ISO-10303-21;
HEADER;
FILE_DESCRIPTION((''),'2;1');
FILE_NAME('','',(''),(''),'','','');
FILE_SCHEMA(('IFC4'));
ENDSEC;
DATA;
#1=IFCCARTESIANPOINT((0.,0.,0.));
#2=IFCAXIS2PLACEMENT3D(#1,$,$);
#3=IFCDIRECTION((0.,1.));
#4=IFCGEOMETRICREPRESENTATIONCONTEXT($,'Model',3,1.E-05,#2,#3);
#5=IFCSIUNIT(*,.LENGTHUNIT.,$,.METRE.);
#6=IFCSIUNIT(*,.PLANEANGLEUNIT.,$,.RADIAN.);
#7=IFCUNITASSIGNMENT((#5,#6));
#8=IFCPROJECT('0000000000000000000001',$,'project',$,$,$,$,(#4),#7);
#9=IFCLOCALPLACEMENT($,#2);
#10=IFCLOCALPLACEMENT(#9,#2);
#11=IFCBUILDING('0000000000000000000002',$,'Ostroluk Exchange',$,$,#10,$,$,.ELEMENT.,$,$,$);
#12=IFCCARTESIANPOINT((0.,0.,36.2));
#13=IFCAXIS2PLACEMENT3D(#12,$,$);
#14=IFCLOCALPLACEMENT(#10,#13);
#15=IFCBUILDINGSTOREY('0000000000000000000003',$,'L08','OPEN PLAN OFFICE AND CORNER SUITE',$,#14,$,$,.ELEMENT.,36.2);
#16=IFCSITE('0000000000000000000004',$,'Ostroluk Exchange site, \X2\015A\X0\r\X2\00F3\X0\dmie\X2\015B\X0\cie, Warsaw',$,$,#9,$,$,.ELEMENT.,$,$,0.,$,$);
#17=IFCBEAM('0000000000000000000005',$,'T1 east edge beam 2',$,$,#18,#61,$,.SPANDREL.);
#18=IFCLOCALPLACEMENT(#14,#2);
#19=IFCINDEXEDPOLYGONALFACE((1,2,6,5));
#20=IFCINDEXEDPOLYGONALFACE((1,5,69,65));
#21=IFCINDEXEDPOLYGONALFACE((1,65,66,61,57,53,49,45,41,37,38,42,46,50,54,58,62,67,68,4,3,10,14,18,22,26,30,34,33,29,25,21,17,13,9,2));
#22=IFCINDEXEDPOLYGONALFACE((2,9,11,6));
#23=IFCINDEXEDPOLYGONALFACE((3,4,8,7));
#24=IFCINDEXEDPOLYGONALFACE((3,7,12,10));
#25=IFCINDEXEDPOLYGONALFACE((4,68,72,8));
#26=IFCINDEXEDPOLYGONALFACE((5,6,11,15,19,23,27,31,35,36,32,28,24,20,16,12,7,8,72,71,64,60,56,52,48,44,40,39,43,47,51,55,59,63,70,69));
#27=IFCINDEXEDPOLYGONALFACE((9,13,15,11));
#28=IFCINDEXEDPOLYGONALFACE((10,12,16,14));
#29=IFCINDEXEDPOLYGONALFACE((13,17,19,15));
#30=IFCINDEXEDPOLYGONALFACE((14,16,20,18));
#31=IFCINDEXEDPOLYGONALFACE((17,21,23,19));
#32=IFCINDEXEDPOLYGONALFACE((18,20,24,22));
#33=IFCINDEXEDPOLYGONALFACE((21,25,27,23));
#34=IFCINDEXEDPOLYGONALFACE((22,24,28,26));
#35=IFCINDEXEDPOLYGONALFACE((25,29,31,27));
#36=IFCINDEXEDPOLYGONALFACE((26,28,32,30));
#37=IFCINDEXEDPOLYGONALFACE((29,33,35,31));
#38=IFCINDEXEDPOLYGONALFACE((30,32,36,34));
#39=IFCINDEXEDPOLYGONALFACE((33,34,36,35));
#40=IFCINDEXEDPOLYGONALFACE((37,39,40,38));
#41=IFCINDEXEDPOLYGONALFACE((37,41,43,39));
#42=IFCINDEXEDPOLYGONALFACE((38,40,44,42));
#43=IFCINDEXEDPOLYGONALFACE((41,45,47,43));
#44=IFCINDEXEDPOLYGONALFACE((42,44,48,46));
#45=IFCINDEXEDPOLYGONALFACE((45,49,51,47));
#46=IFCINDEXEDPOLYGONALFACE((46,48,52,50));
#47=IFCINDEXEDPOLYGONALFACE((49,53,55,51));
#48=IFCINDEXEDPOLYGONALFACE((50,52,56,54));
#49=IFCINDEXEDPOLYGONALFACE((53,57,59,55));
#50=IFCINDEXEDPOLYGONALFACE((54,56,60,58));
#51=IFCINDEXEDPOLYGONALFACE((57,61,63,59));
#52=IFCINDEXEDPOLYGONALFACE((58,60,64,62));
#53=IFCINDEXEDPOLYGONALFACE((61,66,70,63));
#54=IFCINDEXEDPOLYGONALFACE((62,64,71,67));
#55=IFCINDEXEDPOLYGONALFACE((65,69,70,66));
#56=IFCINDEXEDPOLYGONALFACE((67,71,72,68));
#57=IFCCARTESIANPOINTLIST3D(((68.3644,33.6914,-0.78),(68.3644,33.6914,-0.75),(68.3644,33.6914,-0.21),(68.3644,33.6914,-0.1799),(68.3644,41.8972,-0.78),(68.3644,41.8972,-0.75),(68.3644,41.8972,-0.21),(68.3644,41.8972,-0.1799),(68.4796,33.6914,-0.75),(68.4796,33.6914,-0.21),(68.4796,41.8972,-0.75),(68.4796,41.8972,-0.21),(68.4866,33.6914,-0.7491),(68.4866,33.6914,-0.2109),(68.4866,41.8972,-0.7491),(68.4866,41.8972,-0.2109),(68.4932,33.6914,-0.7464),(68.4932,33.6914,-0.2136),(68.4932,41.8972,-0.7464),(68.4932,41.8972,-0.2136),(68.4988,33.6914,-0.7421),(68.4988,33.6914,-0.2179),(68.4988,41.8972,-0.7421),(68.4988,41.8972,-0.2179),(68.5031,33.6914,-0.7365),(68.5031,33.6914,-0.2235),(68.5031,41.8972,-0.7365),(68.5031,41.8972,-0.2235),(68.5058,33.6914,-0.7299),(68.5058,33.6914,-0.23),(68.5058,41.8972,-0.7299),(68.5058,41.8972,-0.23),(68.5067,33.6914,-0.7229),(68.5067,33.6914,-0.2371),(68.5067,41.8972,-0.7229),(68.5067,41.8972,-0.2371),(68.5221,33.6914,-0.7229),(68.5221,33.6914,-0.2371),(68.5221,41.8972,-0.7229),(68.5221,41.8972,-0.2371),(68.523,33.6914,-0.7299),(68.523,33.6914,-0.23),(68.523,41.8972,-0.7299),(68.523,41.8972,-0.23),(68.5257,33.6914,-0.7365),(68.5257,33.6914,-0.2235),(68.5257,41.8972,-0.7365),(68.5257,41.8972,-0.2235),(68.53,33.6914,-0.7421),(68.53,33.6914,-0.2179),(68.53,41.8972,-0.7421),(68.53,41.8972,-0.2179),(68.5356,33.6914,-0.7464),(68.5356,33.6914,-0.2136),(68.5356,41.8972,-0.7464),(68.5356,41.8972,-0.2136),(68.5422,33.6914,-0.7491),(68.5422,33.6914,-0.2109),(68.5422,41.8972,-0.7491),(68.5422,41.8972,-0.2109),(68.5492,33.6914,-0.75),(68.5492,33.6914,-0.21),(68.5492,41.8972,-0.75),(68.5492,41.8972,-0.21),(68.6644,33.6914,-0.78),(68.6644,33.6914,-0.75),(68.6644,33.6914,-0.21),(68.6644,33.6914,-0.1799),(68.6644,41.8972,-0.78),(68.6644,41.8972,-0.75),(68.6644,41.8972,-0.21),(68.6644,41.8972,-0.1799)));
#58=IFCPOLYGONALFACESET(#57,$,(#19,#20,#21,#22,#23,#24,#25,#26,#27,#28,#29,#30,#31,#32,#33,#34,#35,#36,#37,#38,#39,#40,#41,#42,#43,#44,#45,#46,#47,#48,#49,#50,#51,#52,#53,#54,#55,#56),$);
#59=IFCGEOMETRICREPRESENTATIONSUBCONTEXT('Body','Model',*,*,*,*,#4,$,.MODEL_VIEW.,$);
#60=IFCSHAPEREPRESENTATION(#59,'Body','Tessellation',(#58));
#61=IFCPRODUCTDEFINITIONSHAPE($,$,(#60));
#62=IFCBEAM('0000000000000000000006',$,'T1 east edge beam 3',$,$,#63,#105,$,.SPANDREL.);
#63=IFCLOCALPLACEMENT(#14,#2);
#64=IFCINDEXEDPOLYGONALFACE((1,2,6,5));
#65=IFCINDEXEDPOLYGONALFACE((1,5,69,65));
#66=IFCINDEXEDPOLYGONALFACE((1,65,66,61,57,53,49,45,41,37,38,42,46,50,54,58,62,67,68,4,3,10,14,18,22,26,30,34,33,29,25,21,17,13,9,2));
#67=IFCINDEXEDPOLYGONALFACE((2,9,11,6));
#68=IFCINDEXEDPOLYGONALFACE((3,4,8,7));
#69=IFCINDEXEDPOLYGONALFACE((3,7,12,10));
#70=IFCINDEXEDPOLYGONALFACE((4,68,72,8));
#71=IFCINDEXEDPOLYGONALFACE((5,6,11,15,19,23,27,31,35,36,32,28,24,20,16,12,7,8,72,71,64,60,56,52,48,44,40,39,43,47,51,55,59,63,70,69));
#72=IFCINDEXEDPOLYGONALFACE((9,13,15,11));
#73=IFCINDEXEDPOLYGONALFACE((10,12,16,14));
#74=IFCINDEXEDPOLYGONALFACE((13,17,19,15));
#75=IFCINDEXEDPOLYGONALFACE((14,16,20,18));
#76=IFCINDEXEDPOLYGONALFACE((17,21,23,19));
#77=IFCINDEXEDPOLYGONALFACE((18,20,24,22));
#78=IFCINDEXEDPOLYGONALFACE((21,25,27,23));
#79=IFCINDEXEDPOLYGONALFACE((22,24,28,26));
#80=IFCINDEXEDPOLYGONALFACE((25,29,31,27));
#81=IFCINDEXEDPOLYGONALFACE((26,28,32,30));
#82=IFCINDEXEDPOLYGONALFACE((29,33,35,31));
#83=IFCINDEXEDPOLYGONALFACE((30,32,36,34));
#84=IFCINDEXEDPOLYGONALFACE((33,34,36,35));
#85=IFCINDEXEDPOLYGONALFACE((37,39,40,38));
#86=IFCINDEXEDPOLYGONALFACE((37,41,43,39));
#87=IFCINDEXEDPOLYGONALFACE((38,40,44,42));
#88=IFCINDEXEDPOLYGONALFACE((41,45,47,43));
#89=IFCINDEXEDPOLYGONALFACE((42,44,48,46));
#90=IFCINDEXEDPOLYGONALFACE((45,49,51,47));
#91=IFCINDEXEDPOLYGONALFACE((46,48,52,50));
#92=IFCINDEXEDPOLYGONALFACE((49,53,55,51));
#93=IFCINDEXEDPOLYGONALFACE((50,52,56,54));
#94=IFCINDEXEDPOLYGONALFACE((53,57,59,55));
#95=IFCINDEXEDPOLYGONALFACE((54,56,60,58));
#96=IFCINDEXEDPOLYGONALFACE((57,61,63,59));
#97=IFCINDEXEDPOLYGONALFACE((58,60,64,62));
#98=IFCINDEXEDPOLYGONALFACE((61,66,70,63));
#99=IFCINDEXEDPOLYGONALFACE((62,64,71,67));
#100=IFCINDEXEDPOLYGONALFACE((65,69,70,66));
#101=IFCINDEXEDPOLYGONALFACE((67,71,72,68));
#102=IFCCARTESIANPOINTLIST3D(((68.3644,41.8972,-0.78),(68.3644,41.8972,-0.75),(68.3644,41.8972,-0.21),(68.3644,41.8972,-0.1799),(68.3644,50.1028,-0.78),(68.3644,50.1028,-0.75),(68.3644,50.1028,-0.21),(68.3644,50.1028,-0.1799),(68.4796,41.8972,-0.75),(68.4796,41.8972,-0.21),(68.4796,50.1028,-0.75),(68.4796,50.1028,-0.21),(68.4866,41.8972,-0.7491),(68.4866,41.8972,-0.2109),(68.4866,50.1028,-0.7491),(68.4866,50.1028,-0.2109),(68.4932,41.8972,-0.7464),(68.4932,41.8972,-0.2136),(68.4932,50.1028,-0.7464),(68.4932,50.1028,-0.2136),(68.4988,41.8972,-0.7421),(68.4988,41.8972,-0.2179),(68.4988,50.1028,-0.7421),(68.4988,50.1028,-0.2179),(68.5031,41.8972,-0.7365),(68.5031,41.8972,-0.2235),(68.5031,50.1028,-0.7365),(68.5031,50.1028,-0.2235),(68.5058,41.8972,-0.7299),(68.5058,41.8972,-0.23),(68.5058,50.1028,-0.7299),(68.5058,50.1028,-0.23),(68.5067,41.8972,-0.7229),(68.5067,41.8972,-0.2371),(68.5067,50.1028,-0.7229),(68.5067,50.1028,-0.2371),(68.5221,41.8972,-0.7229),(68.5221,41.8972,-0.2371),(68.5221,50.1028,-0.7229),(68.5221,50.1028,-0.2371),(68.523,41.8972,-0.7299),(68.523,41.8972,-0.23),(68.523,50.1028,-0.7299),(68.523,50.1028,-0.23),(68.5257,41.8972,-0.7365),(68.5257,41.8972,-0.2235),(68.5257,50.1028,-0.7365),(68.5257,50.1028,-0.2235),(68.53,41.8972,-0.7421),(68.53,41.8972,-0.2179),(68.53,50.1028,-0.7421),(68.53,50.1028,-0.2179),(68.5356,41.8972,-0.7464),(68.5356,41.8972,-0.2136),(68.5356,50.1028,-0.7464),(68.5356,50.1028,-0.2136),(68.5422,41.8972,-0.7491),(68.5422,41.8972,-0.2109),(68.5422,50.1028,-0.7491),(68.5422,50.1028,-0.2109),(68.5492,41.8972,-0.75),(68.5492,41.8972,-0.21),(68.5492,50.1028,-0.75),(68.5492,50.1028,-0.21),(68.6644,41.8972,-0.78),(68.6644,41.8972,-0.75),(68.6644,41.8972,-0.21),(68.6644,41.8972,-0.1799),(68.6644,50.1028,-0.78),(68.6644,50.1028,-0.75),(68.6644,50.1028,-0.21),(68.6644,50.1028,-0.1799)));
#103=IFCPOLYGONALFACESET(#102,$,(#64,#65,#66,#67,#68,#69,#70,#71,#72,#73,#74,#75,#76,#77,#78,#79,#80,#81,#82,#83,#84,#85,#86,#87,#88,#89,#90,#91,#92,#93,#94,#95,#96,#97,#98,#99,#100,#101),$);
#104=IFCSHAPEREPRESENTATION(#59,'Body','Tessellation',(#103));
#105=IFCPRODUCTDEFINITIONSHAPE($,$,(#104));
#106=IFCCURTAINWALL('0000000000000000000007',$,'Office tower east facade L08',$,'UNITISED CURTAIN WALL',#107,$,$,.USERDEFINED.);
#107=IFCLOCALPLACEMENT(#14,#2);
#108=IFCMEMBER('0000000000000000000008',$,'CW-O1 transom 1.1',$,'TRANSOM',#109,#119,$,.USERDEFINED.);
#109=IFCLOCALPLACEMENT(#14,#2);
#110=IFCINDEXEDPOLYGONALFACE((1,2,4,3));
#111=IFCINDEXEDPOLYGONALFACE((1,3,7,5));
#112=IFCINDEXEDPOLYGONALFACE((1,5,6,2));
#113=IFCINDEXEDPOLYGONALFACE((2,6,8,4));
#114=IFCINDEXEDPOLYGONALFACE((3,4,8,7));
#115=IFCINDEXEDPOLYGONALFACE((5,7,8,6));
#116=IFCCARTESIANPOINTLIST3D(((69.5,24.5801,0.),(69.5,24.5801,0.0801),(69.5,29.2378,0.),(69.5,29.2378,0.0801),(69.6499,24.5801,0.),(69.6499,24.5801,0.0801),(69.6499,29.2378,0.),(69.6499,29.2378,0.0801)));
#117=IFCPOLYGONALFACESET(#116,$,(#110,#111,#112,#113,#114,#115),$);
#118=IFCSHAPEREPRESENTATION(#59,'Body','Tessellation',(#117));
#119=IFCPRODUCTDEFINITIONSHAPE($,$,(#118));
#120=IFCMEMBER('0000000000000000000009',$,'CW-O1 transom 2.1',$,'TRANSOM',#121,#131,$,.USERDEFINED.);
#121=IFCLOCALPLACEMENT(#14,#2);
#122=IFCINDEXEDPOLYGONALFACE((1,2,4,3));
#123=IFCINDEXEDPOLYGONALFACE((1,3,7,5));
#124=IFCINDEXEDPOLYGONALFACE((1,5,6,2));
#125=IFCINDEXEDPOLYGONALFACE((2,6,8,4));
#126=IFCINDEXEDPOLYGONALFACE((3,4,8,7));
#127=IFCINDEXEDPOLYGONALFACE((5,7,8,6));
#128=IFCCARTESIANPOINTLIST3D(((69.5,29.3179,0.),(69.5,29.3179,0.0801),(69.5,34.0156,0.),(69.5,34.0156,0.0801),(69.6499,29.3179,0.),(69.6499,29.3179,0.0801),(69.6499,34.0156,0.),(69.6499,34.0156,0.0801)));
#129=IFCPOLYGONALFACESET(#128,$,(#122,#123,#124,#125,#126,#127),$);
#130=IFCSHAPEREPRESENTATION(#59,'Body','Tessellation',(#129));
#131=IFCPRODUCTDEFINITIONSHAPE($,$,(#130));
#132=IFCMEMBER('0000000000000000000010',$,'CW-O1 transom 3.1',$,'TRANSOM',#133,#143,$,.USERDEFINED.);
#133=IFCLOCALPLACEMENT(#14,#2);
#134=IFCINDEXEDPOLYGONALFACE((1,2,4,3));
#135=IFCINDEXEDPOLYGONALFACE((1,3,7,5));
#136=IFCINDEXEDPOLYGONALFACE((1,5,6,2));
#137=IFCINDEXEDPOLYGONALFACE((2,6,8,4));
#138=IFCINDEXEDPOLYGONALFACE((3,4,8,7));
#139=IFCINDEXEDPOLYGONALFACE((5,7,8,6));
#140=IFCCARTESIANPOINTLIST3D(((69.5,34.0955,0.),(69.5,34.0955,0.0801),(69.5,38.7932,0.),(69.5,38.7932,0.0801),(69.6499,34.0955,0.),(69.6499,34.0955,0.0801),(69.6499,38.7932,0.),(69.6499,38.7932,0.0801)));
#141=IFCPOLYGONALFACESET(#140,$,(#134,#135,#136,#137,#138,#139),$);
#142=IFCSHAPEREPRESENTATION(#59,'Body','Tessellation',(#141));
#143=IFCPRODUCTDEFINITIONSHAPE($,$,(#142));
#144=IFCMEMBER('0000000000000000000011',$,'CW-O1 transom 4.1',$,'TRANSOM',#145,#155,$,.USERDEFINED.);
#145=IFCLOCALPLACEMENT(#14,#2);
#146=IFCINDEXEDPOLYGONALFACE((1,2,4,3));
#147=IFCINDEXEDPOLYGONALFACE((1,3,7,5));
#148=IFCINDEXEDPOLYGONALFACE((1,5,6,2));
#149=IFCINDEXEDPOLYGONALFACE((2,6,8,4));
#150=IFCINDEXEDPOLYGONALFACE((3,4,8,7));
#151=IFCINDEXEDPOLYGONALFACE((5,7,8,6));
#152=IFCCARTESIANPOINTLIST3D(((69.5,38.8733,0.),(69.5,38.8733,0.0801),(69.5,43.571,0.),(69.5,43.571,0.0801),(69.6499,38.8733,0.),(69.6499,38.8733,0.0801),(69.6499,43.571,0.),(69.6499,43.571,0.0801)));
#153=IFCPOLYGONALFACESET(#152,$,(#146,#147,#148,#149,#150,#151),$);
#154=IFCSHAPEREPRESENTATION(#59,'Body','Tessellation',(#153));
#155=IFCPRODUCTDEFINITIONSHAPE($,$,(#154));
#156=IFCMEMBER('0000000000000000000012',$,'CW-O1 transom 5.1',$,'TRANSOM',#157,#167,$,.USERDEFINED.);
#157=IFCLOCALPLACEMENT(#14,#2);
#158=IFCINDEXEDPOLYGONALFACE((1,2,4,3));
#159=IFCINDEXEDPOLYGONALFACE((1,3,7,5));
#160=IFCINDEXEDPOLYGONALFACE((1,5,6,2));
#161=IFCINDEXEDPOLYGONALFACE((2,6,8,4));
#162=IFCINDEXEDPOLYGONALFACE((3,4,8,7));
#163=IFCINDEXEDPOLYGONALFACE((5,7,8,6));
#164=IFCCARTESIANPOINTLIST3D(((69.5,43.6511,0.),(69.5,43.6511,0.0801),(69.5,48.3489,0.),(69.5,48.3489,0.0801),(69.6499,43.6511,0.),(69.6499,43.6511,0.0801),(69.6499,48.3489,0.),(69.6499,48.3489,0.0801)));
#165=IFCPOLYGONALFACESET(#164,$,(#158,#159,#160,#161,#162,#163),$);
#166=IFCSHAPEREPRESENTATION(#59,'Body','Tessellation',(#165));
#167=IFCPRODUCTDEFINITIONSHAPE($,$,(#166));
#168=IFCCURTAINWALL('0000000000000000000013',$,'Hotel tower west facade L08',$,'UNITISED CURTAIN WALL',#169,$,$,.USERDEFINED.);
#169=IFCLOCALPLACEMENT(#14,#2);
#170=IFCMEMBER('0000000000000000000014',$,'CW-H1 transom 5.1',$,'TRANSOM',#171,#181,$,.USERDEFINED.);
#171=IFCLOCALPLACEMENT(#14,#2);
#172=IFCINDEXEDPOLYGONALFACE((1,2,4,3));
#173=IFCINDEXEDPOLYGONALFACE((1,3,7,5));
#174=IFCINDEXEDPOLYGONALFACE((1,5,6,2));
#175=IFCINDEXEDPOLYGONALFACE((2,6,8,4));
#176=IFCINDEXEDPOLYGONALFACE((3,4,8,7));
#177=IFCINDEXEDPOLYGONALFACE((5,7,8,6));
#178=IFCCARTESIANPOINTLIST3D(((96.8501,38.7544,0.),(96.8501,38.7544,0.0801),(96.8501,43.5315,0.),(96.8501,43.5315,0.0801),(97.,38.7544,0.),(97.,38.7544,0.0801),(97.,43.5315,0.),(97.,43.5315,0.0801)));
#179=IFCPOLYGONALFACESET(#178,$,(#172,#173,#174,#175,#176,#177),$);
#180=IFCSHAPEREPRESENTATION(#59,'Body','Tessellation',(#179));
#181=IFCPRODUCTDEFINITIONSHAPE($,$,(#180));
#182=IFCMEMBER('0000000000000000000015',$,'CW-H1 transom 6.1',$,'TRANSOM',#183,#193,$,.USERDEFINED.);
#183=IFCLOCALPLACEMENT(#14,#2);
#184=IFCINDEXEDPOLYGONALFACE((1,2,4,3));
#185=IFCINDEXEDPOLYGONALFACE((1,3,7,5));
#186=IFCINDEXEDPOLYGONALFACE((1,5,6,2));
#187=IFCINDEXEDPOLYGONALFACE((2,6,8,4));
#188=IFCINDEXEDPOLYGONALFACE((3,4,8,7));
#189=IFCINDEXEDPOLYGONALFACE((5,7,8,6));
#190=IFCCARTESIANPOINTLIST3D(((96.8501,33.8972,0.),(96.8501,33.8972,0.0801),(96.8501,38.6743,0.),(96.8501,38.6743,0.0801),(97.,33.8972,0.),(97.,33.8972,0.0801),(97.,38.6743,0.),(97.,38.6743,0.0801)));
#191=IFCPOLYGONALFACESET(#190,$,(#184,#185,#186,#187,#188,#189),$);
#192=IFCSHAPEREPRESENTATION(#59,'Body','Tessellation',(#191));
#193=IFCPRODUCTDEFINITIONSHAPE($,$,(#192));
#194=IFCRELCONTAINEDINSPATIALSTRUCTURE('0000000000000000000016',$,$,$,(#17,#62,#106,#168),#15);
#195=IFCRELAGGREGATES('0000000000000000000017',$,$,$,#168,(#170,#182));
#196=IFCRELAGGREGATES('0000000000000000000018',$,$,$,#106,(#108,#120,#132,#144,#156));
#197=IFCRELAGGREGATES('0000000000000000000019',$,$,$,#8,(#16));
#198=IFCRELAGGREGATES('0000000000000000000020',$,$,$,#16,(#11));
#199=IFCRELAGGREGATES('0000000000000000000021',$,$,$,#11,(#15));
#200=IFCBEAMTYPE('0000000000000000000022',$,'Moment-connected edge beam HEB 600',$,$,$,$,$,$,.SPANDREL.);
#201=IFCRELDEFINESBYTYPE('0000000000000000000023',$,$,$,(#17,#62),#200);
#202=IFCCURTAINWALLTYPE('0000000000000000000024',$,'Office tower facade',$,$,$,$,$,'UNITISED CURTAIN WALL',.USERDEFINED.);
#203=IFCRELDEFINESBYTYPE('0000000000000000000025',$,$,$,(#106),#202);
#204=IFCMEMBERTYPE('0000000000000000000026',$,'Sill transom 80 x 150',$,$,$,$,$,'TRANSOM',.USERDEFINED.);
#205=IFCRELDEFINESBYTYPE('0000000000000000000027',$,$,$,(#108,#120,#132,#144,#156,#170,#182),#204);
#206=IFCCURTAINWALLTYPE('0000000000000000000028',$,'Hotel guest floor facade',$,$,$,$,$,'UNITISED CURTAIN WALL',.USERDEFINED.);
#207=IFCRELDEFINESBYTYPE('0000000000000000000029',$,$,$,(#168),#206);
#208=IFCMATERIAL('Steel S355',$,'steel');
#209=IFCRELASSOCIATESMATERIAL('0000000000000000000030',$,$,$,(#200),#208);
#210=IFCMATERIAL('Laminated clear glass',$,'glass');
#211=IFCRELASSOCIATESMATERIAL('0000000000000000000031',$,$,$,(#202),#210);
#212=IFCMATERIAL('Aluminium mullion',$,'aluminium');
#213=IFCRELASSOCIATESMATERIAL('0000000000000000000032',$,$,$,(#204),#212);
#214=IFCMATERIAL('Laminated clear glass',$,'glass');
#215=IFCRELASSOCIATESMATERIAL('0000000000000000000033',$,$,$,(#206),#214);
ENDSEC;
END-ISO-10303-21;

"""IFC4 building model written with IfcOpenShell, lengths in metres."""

from ifc_helpers import new_model, si_unit, direction, frame, origin, origin_2d, place, context, subcontext, project, spatial, rectangle, i_section, extrude, material, material_profile, profile_set, type_object, element, aggregate, save


model = new_model("IFC4")

# Units and contexts
model_context = context("Model", 3, precision=1e-05, world=origin(), true_north=direction((0.0, 1.0)))
body_context = subcontext(model_context, "Body", "Model", "MODEL_VIEW")
ifc_project = project(units=[si_unit("LENGTHUNIT", "METRE"), si_unit("PLANEANGLEUNIT", "RADIAN")], contexts=[model_context])

# Site, building, storey
site_placement = place(None, origin())
site = spatial("IfcSite", under=ifc_project, at=site_placement, Name="Ostroluk Exchange site, Śródmieście, Warsaw", CompositionType="ELEMENT", RefElevation=0.0)
building_placement = place(site_placement, origin())
building = spatial("IfcBuilding", under=site, at=building_placement, Name="Ostroluk Exchange", CompositionType="ELEMENT")
storey_placement = place(building_placement, frame((0.0, 0.0, 36.2)))
storey = spatial("IfcBuildingStorey", under=building, at=storey_placement, Name="L08", Description="OPEN PLAN OFFICE AND CORNER SUITE", CompositionType="ELEMENT", Elevation=36.2)

# Beams
ifc_material_1 = material(Name="Steel S355", Category="steel")
ifc_material_profile_1 = material_profile(ifc_material_1, i_section(OverallWidth=0.3, OverallDepth=0.6001, WebThickness=0.0154, FlangeThickness=0.03, FilletRadius=0.0271, at=origin_2d()), Name="HEB 600")
ifc_profile_set_1 = profile_set([ifc_material_profile_1], Name="Steel S355")
beam_type_1 = type_object("IfcBeamType", Name="Moment-connected edge beam HEB 600", PredefinedType="SPANDREL", material=ifc_profile_set_1)
for number, where, z_axis, x_axis, name in (
    (1, (68.5144, 33.6914, -0.48), (0.0, 1.0, 0.0), (-1.0, 0.0, 0.0), "T1 east edge beam 2"),
):
    element("IfcBeam", number, at=place(storey_placement, frame(where, z_axis=z_axis, x_axis=x_axis)), inside=storey, type_object=beam_type_1, Name=name, PredefinedType="SPANDREL", context=body_context, shape_type="SweptSolid", body=[
        extrude(i_section(OverallWidth=0.3, OverallDepth=0.6001, WebThickness=0.0154, FlangeThickness=0.03, FilletRadius=0.0271, at=origin_2d()), origin(), (0.0, 0.0, 1.0), 8.2058),
    ])
beam_1_placement = place(storey_placement, frame((68.5144, 41.8972, -0.48), z_axis=(0.0, 1.0, 0.0), x_axis=(-1.0, 0.0, 0.0)))
element("IfcBeam", 2, at=beam_1_placement, inside=storey, type_object=beam_type_1, Name="T1 east edge beam 3", PredefinedType="SPANDREL", context=body_context, shape_type="SweptSolid", body=[
    extrude(i_section(OverallWidth=0.3, OverallDepth=0.6001, WebThickness=0.0154, FlangeThickness=0.03, FilletRadius=0.0271, at=origin_2d()), origin(), (0.0, 0.0, 1.0), 8.2056),
])

# Curtain walls, members
ifc_material_2 = material(Name="Laminated clear glass", Category="glass")
curtain_wall_type_1 = type_object("IfcCurtainWallType", Name="Office tower facade", ElementType="UNITISED CURTAIN WALL", PredefinedType="USERDEFINED", material=ifc_material_2)
curtain_wall_1_placement = place(storey_placement, origin())
curtain_wall_1 = element("IfcCurtainWall", 3, at=curtain_wall_1_placement, inside=storey, type_object=curtain_wall_type_1, Name="Office tower east facade L08", ObjectType="UNITISED CURTAIN WALL", PredefinedType="USERDEFINED")
ifc_material_3 = material(Name="Aluminium mullion", Category="aluminium")
ifc_material_profile_2 = material_profile(ifc_material_3, rectangle(XDim=0.1499, YDim=0.0801, at=origin_2d()), Name="Sill transom 80 x 150")
ifc_profile_set_2 = profile_set([ifc_material_profile_2], Name="Aluminium mullion")
member_type_1 = type_object("IfcMemberType", Name="Sill transom 80 x 150", ElementType="TRANSOM", PredefinedType="USERDEFINED", material=ifc_profile_set_2)
member_1_placement = place(storey_placement, frame((69.575, 24.5801, 0.04), z_axis=(0.0, 1.0, 0.0), x_axis=(-1.0, 0.0, 0.0)))
member_1 = element("IfcMember", 4, at=member_1_placement, type_object=member_type_1, Name="CW-O1 transom 1.1", ObjectType="TRANSOM", PredefinedType="USERDEFINED", context=body_context, shape_type="SweptSolid", body=[
    extrude(rectangle(XDim=0.1499, YDim=0.0801, at=origin_2d()), origin(), (0.0, 0.0, 1.0), 4.6577),
])
member_2_placement = place(storey_placement, frame((69.575, 29.3179, 0.04), z_axis=(0.0, 1.0, 0.0), x_axis=(-1.0, 0.0, 0.0)))
member_2 = element("IfcMember", 5, at=member_2_placement, type_object=member_type_1, Name="CW-O1 transom 2.1", ObjectType="TRANSOM", PredefinedType="USERDEFINED", context=body_context, shape_type="SweptSolid", body=[
    extrude(rectangle(XDim=0.1499, YDim=0.0801, at=origin_2d()), origin(), (0.0, 0.0, 1.0), 4.6978),
])
member_3_placement = place(storey_placement, frame((69.575, 34.0955, 0.04), z_axis=(0.0, 1.0, 0.0), x_axis=(-1.0, 0.0, 0.0)))
member_3 = element("IfcMember", 6, at=member_3_placement, type_object=member_type_1, Name="CW-O1 transom 3.1", ObjectType="TRANSOM", PredefinedType="USERDEFINED", context=body_context, shape_type="SweptSolid", body=[
    extrude(rectangle(XDim=0.1499, YDim=0.0801, at=origin_2d()), origin(), (0.0, 0.0, 1.0), 4.6978),
])
member_4_placement = place(storey_placement, frame((69.575, 38.8733, 0.04), z_axis=(0.0, 1.0, 0.0), x_axis=(-1.0, 0.0, 0.0)))
member_4 = element("IfcMember", 7, at=member_4_placement, type_object=member_type_1, Name="CW-O1 transom 4.1", ObjectType="TRANSOM", PredefinedType="USERDEFINED", context=body_context, shape_type="SweptSolid", body=[
    extrude(rectangle(XDim=0.1499, YDim=0.0801, at=origin_2d()), origin(), (0.0, 0.0, 1.0), 4.6978),
])
member_5_placement = place(storey_placement, frame((69.575, 43.6511, 0.04), z_axis=(0.0, 1.0, 0.0), x_axis=(-1.0, 0.0, 0.0)))
member_5 = element("IfcMember", 8, at=member_5_placement, type_object=member_type_1, Name="CW-O1 transom 5.1", ObjectType="TRANSOM", PredefinedType="USERDEFINED", context=body_context, shape_type="SweptSolid", body=[
    extrude(rectangle(XDim=0.1499, YDim=0.0801, at=origin_2d()), origin(), (0.0, 0.0, 1.0), 4.6978),
])
ifc_material_4 = material(Name="Laminated clear glass", Category="glass")
curtain_wall_type_2 = type_object("IfcCurtainWallType", Name="Hotel guest floor facade", ElementType="UNITISED CURTAIN WALL", PredefinedType="USERDEFINED", material=ifc_material_4)
curtain_wall_2_placement = place(storey_placement, origin())
curtain_wall_2 = element("IfcCurtainWall", 9, at=curtain_wall_2_placement, inside=storey, type_object=curtain_wall_type_2, Name="Hotel tower west facade L08", ObjectType="UNITISED CURTAIN WALL", PredefinedType="USERDEFINED")
member_6_placement = place(storey_placement, frame((96.925, 43.5315, 0.04), z_axis=(0.0, -1.0, 0.0), x_axis=(1.0, 0.0, 0.0)))
member_6 = element("IfcMember", 10, at=member_6_placement, type_object=member_type_1, Name="CW-H1 transom 5.1", ObjectType="TRANSOM", PredefinedType="USERDEFINED", context=body_context, shape_type="SweptSolid", body=[
    extrude(rectangle(XDim=0.1499, YDim=0.0801, at=origin_2d()), origin(), (0.0, 0.0, 1.0), 4.7771),
])
member_7_placement = place(storey_placement, frame((96.925, 38.6743, 0.04), z_axis=(0.0, -1.0, 0.0), x_axis=(1.0, 0.0, 0.0)))
member_7 = element("IfcMember", 11, at=member_7_placement, type_object=member_type_1, Name="CW-H1 transom 6.1", ObjectType="TRANSOM", PredefinedType="USERDEFINED", context=body_context, shape_type="SweptSolid", body=[
    extrude(rectangle(XDim=0.1499, YDim=0.0801, at=origin_2d()), origin(), (0.0, 0.0, 1.0), 4.7771),
])

aggregate(curtain_wall_2, [member_6, member_7])
aggregate(curtain_wall_1, [member_1, member_2, member_3, member_4, member_5])

save(model, "model.ifc")
